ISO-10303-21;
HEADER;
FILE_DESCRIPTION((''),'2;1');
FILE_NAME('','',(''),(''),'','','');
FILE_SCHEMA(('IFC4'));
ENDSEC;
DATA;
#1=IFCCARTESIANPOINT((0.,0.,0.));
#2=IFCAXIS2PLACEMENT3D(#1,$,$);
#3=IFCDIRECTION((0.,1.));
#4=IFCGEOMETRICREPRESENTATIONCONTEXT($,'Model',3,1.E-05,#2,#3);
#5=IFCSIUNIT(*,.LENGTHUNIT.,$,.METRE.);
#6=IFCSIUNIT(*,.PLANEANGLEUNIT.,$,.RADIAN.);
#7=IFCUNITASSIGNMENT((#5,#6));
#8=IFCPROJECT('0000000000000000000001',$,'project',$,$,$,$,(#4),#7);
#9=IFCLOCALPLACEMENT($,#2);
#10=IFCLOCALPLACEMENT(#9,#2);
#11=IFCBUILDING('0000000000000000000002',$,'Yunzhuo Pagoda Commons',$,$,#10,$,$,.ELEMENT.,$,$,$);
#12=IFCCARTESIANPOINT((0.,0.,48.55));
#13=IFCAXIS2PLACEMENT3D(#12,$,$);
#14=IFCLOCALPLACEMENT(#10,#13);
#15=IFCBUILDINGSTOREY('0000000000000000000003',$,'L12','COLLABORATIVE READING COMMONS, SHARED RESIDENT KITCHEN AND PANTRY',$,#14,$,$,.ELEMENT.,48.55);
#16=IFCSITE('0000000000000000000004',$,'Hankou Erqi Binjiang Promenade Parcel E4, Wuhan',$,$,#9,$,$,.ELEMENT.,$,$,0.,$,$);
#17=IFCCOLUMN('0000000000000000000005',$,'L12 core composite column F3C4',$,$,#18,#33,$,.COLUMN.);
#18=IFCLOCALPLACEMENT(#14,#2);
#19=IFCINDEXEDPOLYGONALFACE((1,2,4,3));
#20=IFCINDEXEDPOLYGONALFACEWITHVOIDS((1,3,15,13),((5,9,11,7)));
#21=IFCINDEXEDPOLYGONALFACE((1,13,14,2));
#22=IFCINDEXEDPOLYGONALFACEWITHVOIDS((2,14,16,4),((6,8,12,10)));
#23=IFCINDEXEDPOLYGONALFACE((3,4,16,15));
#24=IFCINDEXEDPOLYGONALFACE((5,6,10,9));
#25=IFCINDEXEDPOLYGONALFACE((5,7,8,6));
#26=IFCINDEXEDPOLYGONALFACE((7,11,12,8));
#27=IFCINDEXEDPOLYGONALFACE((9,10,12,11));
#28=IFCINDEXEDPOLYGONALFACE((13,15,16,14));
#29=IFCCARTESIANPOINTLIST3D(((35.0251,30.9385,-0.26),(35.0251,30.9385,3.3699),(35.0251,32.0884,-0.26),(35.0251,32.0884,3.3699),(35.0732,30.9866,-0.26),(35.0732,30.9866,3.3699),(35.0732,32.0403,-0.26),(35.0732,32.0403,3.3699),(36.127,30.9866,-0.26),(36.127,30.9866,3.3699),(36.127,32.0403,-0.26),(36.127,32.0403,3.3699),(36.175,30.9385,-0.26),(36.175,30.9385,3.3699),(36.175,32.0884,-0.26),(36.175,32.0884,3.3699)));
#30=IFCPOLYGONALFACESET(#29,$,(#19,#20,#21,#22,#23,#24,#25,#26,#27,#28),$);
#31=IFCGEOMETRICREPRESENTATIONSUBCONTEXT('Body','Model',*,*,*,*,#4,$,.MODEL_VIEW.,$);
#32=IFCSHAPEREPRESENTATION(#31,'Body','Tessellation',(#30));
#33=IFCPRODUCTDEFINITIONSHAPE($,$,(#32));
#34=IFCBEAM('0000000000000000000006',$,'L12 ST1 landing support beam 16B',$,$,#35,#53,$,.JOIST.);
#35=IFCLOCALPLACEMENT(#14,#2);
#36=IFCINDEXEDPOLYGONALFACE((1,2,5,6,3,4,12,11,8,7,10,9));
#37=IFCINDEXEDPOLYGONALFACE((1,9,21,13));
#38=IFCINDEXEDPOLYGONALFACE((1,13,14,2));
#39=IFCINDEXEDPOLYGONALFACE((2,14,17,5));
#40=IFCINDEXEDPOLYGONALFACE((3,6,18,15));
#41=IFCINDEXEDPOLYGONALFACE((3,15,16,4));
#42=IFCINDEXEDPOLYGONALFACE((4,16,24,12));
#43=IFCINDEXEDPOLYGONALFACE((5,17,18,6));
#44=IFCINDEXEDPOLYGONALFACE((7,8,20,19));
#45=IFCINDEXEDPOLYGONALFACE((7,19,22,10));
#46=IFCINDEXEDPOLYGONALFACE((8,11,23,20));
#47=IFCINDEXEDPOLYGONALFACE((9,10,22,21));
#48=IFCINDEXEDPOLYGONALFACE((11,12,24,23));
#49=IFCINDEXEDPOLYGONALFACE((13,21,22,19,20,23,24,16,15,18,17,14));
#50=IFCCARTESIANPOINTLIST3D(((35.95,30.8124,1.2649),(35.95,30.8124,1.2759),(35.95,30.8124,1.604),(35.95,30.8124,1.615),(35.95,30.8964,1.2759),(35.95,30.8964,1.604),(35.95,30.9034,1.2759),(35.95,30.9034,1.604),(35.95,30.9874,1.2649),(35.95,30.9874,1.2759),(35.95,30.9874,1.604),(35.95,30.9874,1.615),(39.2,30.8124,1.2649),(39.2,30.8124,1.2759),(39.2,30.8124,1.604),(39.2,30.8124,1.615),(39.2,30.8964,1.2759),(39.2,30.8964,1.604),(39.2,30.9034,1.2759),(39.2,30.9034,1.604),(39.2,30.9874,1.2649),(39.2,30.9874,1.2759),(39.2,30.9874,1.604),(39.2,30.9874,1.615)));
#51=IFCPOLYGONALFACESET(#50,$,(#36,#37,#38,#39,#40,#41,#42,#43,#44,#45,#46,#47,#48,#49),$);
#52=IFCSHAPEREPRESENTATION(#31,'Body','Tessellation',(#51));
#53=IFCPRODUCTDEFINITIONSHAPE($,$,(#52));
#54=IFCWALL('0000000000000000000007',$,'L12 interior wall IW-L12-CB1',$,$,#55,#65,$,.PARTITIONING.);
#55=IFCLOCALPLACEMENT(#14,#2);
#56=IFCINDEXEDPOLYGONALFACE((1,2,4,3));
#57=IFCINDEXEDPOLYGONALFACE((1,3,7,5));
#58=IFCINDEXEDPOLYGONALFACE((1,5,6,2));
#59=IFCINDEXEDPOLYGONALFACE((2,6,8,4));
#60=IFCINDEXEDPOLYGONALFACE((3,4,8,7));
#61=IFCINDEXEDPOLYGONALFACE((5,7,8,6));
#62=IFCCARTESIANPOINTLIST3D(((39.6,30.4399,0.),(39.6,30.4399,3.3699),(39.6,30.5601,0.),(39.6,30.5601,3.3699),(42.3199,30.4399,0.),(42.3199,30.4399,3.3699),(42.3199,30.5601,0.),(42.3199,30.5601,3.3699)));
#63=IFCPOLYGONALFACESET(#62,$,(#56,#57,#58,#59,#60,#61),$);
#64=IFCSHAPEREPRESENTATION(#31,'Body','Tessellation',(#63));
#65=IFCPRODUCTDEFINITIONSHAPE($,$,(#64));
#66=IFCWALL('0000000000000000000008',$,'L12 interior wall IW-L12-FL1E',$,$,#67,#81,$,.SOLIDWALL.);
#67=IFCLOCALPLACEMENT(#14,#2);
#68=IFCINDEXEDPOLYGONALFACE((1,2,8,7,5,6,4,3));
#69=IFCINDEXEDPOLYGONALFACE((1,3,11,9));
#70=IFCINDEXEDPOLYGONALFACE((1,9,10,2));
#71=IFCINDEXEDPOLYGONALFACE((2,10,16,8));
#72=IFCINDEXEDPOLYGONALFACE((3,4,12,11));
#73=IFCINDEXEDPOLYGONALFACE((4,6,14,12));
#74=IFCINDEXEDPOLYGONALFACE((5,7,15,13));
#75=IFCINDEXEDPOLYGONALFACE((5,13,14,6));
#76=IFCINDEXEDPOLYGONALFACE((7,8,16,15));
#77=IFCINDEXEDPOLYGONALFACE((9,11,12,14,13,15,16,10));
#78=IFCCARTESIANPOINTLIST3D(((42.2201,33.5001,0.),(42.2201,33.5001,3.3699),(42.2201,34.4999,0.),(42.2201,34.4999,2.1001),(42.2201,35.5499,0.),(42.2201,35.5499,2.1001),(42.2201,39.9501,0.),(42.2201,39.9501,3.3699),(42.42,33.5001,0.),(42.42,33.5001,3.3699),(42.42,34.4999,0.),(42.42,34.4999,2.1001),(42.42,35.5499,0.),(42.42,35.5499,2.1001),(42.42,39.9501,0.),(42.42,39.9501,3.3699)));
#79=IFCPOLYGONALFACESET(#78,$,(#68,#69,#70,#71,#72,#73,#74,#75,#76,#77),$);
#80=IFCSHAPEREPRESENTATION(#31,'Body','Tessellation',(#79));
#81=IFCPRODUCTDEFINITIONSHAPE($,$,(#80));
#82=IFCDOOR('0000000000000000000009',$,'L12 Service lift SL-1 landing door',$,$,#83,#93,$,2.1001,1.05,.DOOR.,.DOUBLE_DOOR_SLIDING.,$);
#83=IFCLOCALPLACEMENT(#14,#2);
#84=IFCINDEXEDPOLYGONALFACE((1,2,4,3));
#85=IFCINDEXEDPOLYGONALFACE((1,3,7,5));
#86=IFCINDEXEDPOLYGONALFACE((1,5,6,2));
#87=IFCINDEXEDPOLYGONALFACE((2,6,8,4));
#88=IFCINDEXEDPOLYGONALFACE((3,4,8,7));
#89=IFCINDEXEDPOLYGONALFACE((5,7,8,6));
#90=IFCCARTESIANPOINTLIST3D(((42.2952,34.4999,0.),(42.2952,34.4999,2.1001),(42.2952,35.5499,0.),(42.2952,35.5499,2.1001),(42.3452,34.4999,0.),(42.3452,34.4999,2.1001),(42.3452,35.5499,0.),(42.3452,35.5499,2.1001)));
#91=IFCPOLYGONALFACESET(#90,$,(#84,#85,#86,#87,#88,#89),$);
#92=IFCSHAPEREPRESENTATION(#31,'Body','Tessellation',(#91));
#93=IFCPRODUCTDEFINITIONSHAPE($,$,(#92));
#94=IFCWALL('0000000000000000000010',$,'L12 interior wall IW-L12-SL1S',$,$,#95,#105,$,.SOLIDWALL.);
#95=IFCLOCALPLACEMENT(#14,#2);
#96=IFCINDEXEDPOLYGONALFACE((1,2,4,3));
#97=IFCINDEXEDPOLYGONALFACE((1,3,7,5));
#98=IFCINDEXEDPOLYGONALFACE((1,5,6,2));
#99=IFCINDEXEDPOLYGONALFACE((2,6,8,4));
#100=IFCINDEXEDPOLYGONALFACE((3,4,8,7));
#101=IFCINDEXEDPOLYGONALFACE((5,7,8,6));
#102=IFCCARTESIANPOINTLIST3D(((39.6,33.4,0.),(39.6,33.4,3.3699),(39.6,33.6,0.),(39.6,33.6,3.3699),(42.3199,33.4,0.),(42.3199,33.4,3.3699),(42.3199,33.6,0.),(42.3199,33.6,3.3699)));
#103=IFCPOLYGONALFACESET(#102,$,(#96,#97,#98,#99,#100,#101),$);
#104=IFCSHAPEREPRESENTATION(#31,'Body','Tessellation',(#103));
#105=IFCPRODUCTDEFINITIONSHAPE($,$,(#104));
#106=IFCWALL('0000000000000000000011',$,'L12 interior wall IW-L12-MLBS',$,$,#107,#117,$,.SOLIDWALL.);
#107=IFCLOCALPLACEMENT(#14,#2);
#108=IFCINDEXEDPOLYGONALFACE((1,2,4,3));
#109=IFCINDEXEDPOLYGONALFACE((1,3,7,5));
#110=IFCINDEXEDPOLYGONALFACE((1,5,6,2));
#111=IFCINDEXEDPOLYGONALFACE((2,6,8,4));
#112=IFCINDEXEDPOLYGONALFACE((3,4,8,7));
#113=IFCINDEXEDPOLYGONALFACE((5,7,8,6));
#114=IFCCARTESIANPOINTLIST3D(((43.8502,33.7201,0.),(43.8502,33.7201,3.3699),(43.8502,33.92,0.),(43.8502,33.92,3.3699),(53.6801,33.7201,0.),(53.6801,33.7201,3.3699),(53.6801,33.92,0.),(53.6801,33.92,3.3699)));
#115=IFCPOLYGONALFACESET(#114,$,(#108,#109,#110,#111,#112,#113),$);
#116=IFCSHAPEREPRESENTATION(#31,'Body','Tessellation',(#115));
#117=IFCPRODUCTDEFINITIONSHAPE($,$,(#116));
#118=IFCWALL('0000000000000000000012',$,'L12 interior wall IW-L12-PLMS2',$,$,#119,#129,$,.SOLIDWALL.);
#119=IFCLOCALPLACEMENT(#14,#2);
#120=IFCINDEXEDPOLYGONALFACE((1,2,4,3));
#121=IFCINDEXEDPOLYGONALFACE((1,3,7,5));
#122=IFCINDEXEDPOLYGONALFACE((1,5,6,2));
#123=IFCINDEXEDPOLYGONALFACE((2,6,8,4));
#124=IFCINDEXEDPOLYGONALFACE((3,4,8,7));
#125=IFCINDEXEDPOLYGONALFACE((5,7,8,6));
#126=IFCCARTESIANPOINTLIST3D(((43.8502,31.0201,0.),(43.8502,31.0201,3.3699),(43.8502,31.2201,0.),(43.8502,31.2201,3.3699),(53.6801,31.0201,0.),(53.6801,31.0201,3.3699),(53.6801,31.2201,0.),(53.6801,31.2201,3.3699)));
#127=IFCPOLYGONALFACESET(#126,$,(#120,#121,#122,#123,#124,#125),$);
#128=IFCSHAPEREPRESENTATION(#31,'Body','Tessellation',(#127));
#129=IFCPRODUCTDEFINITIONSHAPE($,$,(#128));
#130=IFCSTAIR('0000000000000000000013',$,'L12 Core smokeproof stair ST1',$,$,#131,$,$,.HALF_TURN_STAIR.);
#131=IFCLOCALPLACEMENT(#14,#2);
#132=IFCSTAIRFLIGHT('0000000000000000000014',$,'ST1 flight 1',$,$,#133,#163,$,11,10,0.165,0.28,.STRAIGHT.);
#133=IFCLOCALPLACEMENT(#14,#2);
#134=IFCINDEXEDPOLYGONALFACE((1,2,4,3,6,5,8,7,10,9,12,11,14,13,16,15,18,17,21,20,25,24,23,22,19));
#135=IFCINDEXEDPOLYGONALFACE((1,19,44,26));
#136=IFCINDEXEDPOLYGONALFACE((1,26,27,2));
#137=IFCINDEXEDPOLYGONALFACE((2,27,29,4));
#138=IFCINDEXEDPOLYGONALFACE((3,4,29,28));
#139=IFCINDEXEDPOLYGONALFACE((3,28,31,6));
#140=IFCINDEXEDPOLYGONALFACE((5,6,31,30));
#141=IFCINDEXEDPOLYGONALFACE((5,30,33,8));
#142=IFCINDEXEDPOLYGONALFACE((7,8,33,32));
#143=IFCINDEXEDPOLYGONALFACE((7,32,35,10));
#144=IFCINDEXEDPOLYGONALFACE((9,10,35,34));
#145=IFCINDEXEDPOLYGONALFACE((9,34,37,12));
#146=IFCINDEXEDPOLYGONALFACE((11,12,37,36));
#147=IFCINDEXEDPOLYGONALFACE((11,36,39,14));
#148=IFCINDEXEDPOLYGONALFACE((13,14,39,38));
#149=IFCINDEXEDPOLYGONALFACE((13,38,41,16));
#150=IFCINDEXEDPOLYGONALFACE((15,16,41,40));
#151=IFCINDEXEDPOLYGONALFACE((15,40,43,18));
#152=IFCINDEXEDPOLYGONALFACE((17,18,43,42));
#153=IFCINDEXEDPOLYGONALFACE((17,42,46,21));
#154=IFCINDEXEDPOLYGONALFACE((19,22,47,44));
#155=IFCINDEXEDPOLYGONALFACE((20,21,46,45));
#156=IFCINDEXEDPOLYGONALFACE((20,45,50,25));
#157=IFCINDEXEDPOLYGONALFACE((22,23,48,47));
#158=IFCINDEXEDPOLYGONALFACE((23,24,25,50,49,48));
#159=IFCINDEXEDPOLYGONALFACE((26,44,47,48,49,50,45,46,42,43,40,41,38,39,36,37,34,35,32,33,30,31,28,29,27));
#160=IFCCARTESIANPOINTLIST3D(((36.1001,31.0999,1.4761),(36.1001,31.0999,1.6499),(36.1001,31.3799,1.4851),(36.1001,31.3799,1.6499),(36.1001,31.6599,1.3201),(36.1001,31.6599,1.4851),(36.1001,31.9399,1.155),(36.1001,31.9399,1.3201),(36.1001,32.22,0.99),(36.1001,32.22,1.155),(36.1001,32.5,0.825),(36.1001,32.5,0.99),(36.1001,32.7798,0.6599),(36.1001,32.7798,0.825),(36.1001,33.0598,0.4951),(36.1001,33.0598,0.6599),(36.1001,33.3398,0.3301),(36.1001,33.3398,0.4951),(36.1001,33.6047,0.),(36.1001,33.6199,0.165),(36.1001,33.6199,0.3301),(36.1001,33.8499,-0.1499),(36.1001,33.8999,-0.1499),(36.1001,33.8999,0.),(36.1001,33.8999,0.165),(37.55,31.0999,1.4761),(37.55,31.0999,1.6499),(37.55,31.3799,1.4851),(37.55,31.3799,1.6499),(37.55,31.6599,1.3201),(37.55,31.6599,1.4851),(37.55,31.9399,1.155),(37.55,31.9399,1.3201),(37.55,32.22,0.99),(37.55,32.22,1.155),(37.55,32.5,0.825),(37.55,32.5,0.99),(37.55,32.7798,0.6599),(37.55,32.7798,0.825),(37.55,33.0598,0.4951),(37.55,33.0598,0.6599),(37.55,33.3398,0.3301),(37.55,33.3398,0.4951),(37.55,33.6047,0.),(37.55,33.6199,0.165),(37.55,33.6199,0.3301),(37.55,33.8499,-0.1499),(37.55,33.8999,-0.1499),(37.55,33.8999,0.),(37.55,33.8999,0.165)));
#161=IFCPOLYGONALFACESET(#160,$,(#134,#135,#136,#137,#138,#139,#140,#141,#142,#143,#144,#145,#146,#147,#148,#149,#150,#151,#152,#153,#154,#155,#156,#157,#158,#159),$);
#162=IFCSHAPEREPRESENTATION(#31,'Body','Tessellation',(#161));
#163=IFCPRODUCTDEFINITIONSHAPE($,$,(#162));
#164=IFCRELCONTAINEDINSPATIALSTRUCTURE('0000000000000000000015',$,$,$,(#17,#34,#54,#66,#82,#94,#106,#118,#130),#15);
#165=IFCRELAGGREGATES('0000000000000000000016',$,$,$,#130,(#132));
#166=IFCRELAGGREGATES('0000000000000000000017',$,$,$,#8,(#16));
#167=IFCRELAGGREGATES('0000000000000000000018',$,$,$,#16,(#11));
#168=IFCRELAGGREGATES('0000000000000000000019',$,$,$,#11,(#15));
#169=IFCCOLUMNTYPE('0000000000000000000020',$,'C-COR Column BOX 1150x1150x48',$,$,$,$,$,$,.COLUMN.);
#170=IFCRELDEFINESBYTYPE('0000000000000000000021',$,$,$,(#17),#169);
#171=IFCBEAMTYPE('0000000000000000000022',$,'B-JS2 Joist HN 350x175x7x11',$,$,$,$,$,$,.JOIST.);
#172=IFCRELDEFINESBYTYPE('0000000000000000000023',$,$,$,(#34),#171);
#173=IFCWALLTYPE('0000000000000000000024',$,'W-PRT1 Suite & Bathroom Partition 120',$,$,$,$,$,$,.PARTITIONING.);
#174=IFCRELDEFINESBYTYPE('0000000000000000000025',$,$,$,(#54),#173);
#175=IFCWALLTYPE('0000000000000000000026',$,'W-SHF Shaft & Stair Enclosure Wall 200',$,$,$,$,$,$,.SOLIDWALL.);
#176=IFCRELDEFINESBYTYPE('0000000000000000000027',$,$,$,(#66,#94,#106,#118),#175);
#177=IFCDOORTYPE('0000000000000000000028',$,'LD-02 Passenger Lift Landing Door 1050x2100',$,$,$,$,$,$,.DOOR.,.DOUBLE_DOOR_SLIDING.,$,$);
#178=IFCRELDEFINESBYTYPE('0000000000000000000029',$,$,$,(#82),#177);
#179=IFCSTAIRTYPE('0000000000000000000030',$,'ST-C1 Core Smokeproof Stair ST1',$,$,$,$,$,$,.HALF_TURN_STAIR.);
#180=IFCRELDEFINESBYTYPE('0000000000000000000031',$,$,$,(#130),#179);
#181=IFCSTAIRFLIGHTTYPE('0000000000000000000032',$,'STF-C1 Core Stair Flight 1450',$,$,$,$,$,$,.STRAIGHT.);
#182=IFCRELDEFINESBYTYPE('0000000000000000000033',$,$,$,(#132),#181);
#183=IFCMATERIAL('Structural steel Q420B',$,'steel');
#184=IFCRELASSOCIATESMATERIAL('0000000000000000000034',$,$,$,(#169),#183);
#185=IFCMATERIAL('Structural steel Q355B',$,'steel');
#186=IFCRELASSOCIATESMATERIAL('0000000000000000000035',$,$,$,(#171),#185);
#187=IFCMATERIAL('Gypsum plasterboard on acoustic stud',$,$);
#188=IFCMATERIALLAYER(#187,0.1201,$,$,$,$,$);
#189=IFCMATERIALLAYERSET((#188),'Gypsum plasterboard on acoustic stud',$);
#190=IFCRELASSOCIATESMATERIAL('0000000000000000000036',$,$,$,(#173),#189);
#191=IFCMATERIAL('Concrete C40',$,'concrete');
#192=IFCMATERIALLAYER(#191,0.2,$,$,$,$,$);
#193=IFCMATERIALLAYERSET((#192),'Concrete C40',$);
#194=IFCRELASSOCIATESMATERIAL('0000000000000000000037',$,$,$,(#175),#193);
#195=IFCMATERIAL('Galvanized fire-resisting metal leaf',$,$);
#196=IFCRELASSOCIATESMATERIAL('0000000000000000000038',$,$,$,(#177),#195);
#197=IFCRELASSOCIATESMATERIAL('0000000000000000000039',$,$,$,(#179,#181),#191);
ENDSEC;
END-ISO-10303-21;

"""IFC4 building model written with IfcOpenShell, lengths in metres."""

from ifc_helpers import new_model, si_unit, direction, frame, frame_2d, origin, origin_with_axes, origin_2d, place, context, subcontext, project, spatial, polyline, rectangle, hollow_rectangle, i_section, outline, extrude, source, transform, mapped, material, layer, layer_set, material_profile, profile_set, type_object, element, fill, aggregate, save


model = new_model("IFC4")

# Units and contexts
model_context = context("Model", 3, precision=1e-05, world=origin(), true_north=direction((0.0, 1.0)))
body_context = subcontext(model_context, "Body", "Model", "MODEL_VIEW")
ifc_project = project(units=[si_unit("LENGTHUNIT", "METRE"), si_unit("PLANEANGLEUNIT", "RADIAN")], contexts=[model_context])

# Site, building, storey
site_placement = place(None, origin())
site = spatial("IfcSite", under=ifc_project, at=site_placement, Name="Hankou Erqi Binjiang Promenade Parcel E4, Wuhan", CompositionType="ELEMENT", RefElevation=0.0)
building_placement = place(site_placement, origin())
building = spatial("IfcBuilding", under=site, at=building_placement, Name="Yunzhuo Pagoda Commons", CompositionType="ELEMENT")
storey_placement = place(building_placement, frame((0.0, 0.0, 48.55)))
storey = spatial("IfcBuildingStorey", under=building, at=storey_placement, Name="L12", Description="COLLABORATIVE READING COMMONS, SHARED RESIDENT KITCHEN AND PANTRY", CompositionType="ELEMENT", Elevation=48.55)

# Column
ifc_material_1 = material(Name="Structural steel Q420B", Category="steel")
ifc_material_profile_1 = material_profile(ifc_material_1, hollow_rectangle(XDim=1.1499, YDim=1.1499, WallThickness=0.0481, at=origin_2d()), Name="Structural steel Q420B")
ifc_profile_set_1 = profile_set([ifc_material_profile_1], Name="Structural steel Q420B")
column_type = type_object("IfcColumnType", Name="C-COR Column BOX 1150x1150x48", PredefinedType="COLUMN", material=ifc_profile_set_1)
shared_shape_1 = source(origin(), body_context, "Body", "SweptSolid", [
    extrude(hollow_rectangle(XDim=1.1499, YDim=1.1499, WallThickness=0.0481, at=origin_2d()), origin(), (0.0, 0.0, 1.0), 3.6299),
])
column_placement = place(storey_placement, frame((35.6001, 31.5134, -0.26), z_axis=(0.0, 0.0, 1.0), x_axis=(1.0, 0.0, 0.0)))
element("IfcColumn", 1, at=column_placement, inside=storey, type_object=column_type, Name="L12 core composite column F3C4", PredefinedType="COLUMN", context=body_context, shape_type="MappedRepresentation", body=[
    mapped(shared_shape_1, transform((0.0, 0.0, 0.0), scale=1.0)),
])

# Beam
ifc_material_2 = material(Name="Structural steel Q355B", Category="steel")
ifc_material_profile_2 = material_profile(ifc_material_2, i_section(OverallWidth=0.175, OverallDepth=0.3501, WebThickness=0.0071, FlangeThickness=0.011, at=origin_2d()), Name="Structural steel Q355B")
ifc_profile_set_2 = profile_set([ifc_material_profile_2], Name="Structural steel Q355B")
beam_type = type_object("IfcBeamType", Name="B-JS2 Joist HN 350x175x7x11", PredefinedType="JOIST", material=ifc_profile_set_2)
shared_shape_2 = source(origin(), body_context, "Body", "SweptSolid", [
    extrude(i_section(OverallWidth=0.175, OverallDepth=0.3501, WebThickness=0.0071, FlangeThickness=0.011, at=origin_2d()), origin(), (0.0, 0.0, 1.0), 3.25),
])
beam_placement = place(storey_placement, frame((35.95, 30.8999, 1.4399), z_axis=(1.0, 0.0, 0.0), x_axis=(0.0, 1.0, 0.0)))
element("IfcBeam", 2, at=beam_placement, inside=storey, type_object=beam_type, Name="L12 ST1 landing support beam 16B", PredefinedType="JOIST", context=body_context, shape_type="MappedRepresentation", body=[
    mapped(shared_shape_2, transform((0.0, 0.0, 0.0), scale=1.0)),
])

# Wall
ifc_material_3 = material(Name="Gypsum plasterboard on acoustic stud")
ifc_layer_1 = layer(ifc_material_3, 0.1201)
ifc_layer_set_1 = layer_set([ifc_layer_1], Name="Gypsum plasterboard on acoustic stud")
wall_type_1 = type_object("IfcWallType", Name="W-PRT1 Suite & Bathroom Partition 120", PredefinedType="PARTITIONING", material=ifc_layer_set_1)
wall_1_placement = place(storey_placement, frame((39.6001, 30.5, 0.0), z_axis=(0.0, 0.0, 1.0), x_axis=(1.0, 0.0, 0.0)))
element("IfcWall", 3, at=wall_1_placement, inside=storey, type_object=wall_type_1, Name="L12 interior wall IW-L12-CB1", PredefinedType="PARTITIONING", context=body_context, shape_type="SweptSolid", body=[
    extrude(rectangle(XDim=2.72, YDim=0.1201, at=frame_2d((1.3599, 0.0))), origin(), (0.0, 0.0, 1.0), 3.3699),
])

# Wall, opening, door
ifc_material_4 = material(Name="Concrete C40", Category="concrete")
ifc_layer_2 = layer(ifc_material_4, 0.2)
ifc_layer_set_2 = layer_set([ifc_layer_2], Name="Concrete C40")
wall_type_2 = type_object("IfcWallType", Name="W-SHF Shaft & Stair Enclosure Wall 200", PredefinedType="SOLIDWALL", material=ifc_layer_set_2)
wall_2_placement = place(storey_placement, frame((42.3201, 33.5, 0.0), z_axis=(0.0, 0.0, 1.0), x_axis=(0.0, 1.0, 0.0)))
wall_2 = element("IfcWall", 4, at=wall_2_placement, inside=storey, type_object=wall_type_2, Name="L12 interior wall IW-L12-FL1E", PredefinedType="SOLIDWALL", context=body_context, shape_type="SweptSolid", body=[
    extrude(rectangle(XDim=6.45, YDim=0.2, at=frame_2d((3.2251, 0.0))), origin(), (0.0, 0.0, 1.0), 3.3699),
])
opening_placement = place(wall_2_placement, frame((1.0, 0.0, 0.0)))
opening = element("IfcOpeningElement", 5, at=opening_placement, cuts=wall_2, PredefinedType="OPENING", context=body_context, shape_type="SweptSolid", body=[
    extrude(rectangle(XDim=1.05, YDim=2.1001, at=frame_2d((0.5249, 1.05))), frame((0.0, 0.1099, 0.0), z_axis=(0.0, -1.0, 0.0), x_axis=(1.0, 0.0, 0.0)), (0.0, 0.0, 1.0), 0.22),
])
ifc_material_5 = material(Name="Galvanized fire-resisting metal leaf")
door_type = type_object("IfcDoorType", Name="LD-02 Passenger Lift Landing Door 1050x2100", OperationType="DOUBLE_DOOR_SLIDING", PredefinedType="DOOR", material=ifc_material_5)
shared_shape_3 = source(origin(), body_context, "Body", "SweptSolid", [
    extrude(rectangle(XDim=1.05, YDim=2.1001, at=frame_2d((0.5249, 1.05))), frame((0.0, 0.0249, 0.0), z_axis=(0.0, -1.0, 0.0), x_axis=(1.0, 0.0, 0.0)), (0.0, 0.0, 1.0), 0.05),
])
door_placement = place(opening_placement, origin_with_axes())
door = element("IfcDoor", 6, at=door_placement, inside=storey, type_object=door_type, Name="L12 Service lift SL-1 landing door", OperationType="DOUBLE_DOOR_SLIDING", OverallHeight=2.1001, OverallWidth=1.05, PredefinedType="DOOR", context=body_context, shape_type="MappedRepresentation", body=[
    mapped(shared_shape_3, transform((0.0, 0.0, 0.0), scale=1.0)),
])
fill(opening, door)

# Walls
wall_3_placement = place(storey_placement, frame((39.6001, 33.5, 0.0), z_axis=(0.0, 0.0, 1.0), x_axis=(1.0, 0.0, 0.0)))
element("IfcWall", 7, at=wall_3_placement, inside=storey, type_object=wall_type_2, Name="L12 interior wall IW-L12-SL1S", PredefinedType="SOLIDWALL", context=body_context, shape_type="SweptSolid", body=[
    extrude(rectangle(XDim=2.72, YDim=0.2, at=frame_2d((1.3599, 0.0))), origin(), (0.0, 0.0, 1.0), 3.3699),
])
for number, where, z_axis, x_axis, name in (
    (8, (43.8501, 33.8201, 0.0), (0.0, 0.0, 1.0), (1.0, 0.0, 0.0), "L12 interior wall IW-L12-MLBS"),
    (9, (43.8501, 31.1201, 0.0), (0.0, 0.0, 1.0), (1.0, 0.0, 0.0), "L12 interior wall IW-L12-PLMS2"),
):
    element("IfcWall", number, at=place(storey_placement, frame(where, z_axis=z_axis, x_axis=x_axis)), inside=storey, type_object=wall_type_2, Name=name, PredefinedType="SOLIDWALL", context=body_context, shape_type="SweptSolid", body=[
        extrude(rectangle(XDim=9.8298, YDim=0.2, at=frame_2d((4.915, 0.0))), origin(), (0.0, 0.0, 1.0), 3.3699),
    ])

# Stair, stair flight
stair_type = type_object("IfcStairType", Name="ST-C1 Core Smokeproof Stair ST1", PredefinedType="HALF_TURN_STAIR", material=ifc_material_4)
stair_placement = place(storey_placement, origin())
stair = element("IfcStair", 10, at=stair_placement, inside=storey, type_object=stair_type, Name="L12 Core smokeproof stair ST1", PredefinedType="HALF_TURN_STAIR")
stair_flight_type = type_object("IfcStairFlightType", Name="STF-C1 Core Stair Flight 1450", PredefinedType="STRAIGHT", material=ifc_material_4)
shared_shape_4 = source(origin(), body_context, "Body", "SweptSolid", [
    extrude(outline(polyline([(0.0, -0.1499), (0.0, 0.0), (0.0, 0.165), (0.28, 0.165), (0.28, 0.3301), (0.5601, 0.3301), (0.5601, 0.4951), (0.8401, 0.4951), (0.8401, 0.6599), (1.1201, 0.6599), (1.1201, 0.825), (1.3999, 0.825), (1.3999, 0.99), (1.6799, 0.99), (1.6799, 1.155), (1.96, 1.155), (1.96, 1.3201), (2.24, 1.3201), (2.24, 1.4851), (2.52, 1.4851), (2.52, 1.6499), (2.8, 1.6499), (2.8, 1.8149), (2.8, 1.4761), (0.2952, 0.0), (0.05, -0.1499), (0.0, -0.1499)])), frame((0.0, 0.7251, 0.0), z_axis=(0.0, -1.0, 0.0), x_axis=(1.0, 0.0, 0.0)), (0.0, 0.0, 1.0), 1.45),
])
stair_flight_1_placement = place(storey_placement, frame((36.825, 33.8999, 0.0), z_axis=(0.0, 0.0, 1.0), x_axis=(0.0, -1.0, 0.0)))
stair_flight_1 = element("IfcStairFlight", 11, at=stair_flight_1_placement, type_object=stair_flight_type, Name="ST1 flight 1", NumberOfRisers=11, NumberOfTreads=10, PredefinedType="STRAIGHT", RiserHeight=0.165, TreadLength=0.28, context=body_context, shape_type="MappedRepresentation", body=[
    mapped(shared_shape_4, transform((0.0, 0.0, 0.0), scale=1.0)),
])
aggregate(stair, [stair_flight_1])

save(model, "model.ifc")
